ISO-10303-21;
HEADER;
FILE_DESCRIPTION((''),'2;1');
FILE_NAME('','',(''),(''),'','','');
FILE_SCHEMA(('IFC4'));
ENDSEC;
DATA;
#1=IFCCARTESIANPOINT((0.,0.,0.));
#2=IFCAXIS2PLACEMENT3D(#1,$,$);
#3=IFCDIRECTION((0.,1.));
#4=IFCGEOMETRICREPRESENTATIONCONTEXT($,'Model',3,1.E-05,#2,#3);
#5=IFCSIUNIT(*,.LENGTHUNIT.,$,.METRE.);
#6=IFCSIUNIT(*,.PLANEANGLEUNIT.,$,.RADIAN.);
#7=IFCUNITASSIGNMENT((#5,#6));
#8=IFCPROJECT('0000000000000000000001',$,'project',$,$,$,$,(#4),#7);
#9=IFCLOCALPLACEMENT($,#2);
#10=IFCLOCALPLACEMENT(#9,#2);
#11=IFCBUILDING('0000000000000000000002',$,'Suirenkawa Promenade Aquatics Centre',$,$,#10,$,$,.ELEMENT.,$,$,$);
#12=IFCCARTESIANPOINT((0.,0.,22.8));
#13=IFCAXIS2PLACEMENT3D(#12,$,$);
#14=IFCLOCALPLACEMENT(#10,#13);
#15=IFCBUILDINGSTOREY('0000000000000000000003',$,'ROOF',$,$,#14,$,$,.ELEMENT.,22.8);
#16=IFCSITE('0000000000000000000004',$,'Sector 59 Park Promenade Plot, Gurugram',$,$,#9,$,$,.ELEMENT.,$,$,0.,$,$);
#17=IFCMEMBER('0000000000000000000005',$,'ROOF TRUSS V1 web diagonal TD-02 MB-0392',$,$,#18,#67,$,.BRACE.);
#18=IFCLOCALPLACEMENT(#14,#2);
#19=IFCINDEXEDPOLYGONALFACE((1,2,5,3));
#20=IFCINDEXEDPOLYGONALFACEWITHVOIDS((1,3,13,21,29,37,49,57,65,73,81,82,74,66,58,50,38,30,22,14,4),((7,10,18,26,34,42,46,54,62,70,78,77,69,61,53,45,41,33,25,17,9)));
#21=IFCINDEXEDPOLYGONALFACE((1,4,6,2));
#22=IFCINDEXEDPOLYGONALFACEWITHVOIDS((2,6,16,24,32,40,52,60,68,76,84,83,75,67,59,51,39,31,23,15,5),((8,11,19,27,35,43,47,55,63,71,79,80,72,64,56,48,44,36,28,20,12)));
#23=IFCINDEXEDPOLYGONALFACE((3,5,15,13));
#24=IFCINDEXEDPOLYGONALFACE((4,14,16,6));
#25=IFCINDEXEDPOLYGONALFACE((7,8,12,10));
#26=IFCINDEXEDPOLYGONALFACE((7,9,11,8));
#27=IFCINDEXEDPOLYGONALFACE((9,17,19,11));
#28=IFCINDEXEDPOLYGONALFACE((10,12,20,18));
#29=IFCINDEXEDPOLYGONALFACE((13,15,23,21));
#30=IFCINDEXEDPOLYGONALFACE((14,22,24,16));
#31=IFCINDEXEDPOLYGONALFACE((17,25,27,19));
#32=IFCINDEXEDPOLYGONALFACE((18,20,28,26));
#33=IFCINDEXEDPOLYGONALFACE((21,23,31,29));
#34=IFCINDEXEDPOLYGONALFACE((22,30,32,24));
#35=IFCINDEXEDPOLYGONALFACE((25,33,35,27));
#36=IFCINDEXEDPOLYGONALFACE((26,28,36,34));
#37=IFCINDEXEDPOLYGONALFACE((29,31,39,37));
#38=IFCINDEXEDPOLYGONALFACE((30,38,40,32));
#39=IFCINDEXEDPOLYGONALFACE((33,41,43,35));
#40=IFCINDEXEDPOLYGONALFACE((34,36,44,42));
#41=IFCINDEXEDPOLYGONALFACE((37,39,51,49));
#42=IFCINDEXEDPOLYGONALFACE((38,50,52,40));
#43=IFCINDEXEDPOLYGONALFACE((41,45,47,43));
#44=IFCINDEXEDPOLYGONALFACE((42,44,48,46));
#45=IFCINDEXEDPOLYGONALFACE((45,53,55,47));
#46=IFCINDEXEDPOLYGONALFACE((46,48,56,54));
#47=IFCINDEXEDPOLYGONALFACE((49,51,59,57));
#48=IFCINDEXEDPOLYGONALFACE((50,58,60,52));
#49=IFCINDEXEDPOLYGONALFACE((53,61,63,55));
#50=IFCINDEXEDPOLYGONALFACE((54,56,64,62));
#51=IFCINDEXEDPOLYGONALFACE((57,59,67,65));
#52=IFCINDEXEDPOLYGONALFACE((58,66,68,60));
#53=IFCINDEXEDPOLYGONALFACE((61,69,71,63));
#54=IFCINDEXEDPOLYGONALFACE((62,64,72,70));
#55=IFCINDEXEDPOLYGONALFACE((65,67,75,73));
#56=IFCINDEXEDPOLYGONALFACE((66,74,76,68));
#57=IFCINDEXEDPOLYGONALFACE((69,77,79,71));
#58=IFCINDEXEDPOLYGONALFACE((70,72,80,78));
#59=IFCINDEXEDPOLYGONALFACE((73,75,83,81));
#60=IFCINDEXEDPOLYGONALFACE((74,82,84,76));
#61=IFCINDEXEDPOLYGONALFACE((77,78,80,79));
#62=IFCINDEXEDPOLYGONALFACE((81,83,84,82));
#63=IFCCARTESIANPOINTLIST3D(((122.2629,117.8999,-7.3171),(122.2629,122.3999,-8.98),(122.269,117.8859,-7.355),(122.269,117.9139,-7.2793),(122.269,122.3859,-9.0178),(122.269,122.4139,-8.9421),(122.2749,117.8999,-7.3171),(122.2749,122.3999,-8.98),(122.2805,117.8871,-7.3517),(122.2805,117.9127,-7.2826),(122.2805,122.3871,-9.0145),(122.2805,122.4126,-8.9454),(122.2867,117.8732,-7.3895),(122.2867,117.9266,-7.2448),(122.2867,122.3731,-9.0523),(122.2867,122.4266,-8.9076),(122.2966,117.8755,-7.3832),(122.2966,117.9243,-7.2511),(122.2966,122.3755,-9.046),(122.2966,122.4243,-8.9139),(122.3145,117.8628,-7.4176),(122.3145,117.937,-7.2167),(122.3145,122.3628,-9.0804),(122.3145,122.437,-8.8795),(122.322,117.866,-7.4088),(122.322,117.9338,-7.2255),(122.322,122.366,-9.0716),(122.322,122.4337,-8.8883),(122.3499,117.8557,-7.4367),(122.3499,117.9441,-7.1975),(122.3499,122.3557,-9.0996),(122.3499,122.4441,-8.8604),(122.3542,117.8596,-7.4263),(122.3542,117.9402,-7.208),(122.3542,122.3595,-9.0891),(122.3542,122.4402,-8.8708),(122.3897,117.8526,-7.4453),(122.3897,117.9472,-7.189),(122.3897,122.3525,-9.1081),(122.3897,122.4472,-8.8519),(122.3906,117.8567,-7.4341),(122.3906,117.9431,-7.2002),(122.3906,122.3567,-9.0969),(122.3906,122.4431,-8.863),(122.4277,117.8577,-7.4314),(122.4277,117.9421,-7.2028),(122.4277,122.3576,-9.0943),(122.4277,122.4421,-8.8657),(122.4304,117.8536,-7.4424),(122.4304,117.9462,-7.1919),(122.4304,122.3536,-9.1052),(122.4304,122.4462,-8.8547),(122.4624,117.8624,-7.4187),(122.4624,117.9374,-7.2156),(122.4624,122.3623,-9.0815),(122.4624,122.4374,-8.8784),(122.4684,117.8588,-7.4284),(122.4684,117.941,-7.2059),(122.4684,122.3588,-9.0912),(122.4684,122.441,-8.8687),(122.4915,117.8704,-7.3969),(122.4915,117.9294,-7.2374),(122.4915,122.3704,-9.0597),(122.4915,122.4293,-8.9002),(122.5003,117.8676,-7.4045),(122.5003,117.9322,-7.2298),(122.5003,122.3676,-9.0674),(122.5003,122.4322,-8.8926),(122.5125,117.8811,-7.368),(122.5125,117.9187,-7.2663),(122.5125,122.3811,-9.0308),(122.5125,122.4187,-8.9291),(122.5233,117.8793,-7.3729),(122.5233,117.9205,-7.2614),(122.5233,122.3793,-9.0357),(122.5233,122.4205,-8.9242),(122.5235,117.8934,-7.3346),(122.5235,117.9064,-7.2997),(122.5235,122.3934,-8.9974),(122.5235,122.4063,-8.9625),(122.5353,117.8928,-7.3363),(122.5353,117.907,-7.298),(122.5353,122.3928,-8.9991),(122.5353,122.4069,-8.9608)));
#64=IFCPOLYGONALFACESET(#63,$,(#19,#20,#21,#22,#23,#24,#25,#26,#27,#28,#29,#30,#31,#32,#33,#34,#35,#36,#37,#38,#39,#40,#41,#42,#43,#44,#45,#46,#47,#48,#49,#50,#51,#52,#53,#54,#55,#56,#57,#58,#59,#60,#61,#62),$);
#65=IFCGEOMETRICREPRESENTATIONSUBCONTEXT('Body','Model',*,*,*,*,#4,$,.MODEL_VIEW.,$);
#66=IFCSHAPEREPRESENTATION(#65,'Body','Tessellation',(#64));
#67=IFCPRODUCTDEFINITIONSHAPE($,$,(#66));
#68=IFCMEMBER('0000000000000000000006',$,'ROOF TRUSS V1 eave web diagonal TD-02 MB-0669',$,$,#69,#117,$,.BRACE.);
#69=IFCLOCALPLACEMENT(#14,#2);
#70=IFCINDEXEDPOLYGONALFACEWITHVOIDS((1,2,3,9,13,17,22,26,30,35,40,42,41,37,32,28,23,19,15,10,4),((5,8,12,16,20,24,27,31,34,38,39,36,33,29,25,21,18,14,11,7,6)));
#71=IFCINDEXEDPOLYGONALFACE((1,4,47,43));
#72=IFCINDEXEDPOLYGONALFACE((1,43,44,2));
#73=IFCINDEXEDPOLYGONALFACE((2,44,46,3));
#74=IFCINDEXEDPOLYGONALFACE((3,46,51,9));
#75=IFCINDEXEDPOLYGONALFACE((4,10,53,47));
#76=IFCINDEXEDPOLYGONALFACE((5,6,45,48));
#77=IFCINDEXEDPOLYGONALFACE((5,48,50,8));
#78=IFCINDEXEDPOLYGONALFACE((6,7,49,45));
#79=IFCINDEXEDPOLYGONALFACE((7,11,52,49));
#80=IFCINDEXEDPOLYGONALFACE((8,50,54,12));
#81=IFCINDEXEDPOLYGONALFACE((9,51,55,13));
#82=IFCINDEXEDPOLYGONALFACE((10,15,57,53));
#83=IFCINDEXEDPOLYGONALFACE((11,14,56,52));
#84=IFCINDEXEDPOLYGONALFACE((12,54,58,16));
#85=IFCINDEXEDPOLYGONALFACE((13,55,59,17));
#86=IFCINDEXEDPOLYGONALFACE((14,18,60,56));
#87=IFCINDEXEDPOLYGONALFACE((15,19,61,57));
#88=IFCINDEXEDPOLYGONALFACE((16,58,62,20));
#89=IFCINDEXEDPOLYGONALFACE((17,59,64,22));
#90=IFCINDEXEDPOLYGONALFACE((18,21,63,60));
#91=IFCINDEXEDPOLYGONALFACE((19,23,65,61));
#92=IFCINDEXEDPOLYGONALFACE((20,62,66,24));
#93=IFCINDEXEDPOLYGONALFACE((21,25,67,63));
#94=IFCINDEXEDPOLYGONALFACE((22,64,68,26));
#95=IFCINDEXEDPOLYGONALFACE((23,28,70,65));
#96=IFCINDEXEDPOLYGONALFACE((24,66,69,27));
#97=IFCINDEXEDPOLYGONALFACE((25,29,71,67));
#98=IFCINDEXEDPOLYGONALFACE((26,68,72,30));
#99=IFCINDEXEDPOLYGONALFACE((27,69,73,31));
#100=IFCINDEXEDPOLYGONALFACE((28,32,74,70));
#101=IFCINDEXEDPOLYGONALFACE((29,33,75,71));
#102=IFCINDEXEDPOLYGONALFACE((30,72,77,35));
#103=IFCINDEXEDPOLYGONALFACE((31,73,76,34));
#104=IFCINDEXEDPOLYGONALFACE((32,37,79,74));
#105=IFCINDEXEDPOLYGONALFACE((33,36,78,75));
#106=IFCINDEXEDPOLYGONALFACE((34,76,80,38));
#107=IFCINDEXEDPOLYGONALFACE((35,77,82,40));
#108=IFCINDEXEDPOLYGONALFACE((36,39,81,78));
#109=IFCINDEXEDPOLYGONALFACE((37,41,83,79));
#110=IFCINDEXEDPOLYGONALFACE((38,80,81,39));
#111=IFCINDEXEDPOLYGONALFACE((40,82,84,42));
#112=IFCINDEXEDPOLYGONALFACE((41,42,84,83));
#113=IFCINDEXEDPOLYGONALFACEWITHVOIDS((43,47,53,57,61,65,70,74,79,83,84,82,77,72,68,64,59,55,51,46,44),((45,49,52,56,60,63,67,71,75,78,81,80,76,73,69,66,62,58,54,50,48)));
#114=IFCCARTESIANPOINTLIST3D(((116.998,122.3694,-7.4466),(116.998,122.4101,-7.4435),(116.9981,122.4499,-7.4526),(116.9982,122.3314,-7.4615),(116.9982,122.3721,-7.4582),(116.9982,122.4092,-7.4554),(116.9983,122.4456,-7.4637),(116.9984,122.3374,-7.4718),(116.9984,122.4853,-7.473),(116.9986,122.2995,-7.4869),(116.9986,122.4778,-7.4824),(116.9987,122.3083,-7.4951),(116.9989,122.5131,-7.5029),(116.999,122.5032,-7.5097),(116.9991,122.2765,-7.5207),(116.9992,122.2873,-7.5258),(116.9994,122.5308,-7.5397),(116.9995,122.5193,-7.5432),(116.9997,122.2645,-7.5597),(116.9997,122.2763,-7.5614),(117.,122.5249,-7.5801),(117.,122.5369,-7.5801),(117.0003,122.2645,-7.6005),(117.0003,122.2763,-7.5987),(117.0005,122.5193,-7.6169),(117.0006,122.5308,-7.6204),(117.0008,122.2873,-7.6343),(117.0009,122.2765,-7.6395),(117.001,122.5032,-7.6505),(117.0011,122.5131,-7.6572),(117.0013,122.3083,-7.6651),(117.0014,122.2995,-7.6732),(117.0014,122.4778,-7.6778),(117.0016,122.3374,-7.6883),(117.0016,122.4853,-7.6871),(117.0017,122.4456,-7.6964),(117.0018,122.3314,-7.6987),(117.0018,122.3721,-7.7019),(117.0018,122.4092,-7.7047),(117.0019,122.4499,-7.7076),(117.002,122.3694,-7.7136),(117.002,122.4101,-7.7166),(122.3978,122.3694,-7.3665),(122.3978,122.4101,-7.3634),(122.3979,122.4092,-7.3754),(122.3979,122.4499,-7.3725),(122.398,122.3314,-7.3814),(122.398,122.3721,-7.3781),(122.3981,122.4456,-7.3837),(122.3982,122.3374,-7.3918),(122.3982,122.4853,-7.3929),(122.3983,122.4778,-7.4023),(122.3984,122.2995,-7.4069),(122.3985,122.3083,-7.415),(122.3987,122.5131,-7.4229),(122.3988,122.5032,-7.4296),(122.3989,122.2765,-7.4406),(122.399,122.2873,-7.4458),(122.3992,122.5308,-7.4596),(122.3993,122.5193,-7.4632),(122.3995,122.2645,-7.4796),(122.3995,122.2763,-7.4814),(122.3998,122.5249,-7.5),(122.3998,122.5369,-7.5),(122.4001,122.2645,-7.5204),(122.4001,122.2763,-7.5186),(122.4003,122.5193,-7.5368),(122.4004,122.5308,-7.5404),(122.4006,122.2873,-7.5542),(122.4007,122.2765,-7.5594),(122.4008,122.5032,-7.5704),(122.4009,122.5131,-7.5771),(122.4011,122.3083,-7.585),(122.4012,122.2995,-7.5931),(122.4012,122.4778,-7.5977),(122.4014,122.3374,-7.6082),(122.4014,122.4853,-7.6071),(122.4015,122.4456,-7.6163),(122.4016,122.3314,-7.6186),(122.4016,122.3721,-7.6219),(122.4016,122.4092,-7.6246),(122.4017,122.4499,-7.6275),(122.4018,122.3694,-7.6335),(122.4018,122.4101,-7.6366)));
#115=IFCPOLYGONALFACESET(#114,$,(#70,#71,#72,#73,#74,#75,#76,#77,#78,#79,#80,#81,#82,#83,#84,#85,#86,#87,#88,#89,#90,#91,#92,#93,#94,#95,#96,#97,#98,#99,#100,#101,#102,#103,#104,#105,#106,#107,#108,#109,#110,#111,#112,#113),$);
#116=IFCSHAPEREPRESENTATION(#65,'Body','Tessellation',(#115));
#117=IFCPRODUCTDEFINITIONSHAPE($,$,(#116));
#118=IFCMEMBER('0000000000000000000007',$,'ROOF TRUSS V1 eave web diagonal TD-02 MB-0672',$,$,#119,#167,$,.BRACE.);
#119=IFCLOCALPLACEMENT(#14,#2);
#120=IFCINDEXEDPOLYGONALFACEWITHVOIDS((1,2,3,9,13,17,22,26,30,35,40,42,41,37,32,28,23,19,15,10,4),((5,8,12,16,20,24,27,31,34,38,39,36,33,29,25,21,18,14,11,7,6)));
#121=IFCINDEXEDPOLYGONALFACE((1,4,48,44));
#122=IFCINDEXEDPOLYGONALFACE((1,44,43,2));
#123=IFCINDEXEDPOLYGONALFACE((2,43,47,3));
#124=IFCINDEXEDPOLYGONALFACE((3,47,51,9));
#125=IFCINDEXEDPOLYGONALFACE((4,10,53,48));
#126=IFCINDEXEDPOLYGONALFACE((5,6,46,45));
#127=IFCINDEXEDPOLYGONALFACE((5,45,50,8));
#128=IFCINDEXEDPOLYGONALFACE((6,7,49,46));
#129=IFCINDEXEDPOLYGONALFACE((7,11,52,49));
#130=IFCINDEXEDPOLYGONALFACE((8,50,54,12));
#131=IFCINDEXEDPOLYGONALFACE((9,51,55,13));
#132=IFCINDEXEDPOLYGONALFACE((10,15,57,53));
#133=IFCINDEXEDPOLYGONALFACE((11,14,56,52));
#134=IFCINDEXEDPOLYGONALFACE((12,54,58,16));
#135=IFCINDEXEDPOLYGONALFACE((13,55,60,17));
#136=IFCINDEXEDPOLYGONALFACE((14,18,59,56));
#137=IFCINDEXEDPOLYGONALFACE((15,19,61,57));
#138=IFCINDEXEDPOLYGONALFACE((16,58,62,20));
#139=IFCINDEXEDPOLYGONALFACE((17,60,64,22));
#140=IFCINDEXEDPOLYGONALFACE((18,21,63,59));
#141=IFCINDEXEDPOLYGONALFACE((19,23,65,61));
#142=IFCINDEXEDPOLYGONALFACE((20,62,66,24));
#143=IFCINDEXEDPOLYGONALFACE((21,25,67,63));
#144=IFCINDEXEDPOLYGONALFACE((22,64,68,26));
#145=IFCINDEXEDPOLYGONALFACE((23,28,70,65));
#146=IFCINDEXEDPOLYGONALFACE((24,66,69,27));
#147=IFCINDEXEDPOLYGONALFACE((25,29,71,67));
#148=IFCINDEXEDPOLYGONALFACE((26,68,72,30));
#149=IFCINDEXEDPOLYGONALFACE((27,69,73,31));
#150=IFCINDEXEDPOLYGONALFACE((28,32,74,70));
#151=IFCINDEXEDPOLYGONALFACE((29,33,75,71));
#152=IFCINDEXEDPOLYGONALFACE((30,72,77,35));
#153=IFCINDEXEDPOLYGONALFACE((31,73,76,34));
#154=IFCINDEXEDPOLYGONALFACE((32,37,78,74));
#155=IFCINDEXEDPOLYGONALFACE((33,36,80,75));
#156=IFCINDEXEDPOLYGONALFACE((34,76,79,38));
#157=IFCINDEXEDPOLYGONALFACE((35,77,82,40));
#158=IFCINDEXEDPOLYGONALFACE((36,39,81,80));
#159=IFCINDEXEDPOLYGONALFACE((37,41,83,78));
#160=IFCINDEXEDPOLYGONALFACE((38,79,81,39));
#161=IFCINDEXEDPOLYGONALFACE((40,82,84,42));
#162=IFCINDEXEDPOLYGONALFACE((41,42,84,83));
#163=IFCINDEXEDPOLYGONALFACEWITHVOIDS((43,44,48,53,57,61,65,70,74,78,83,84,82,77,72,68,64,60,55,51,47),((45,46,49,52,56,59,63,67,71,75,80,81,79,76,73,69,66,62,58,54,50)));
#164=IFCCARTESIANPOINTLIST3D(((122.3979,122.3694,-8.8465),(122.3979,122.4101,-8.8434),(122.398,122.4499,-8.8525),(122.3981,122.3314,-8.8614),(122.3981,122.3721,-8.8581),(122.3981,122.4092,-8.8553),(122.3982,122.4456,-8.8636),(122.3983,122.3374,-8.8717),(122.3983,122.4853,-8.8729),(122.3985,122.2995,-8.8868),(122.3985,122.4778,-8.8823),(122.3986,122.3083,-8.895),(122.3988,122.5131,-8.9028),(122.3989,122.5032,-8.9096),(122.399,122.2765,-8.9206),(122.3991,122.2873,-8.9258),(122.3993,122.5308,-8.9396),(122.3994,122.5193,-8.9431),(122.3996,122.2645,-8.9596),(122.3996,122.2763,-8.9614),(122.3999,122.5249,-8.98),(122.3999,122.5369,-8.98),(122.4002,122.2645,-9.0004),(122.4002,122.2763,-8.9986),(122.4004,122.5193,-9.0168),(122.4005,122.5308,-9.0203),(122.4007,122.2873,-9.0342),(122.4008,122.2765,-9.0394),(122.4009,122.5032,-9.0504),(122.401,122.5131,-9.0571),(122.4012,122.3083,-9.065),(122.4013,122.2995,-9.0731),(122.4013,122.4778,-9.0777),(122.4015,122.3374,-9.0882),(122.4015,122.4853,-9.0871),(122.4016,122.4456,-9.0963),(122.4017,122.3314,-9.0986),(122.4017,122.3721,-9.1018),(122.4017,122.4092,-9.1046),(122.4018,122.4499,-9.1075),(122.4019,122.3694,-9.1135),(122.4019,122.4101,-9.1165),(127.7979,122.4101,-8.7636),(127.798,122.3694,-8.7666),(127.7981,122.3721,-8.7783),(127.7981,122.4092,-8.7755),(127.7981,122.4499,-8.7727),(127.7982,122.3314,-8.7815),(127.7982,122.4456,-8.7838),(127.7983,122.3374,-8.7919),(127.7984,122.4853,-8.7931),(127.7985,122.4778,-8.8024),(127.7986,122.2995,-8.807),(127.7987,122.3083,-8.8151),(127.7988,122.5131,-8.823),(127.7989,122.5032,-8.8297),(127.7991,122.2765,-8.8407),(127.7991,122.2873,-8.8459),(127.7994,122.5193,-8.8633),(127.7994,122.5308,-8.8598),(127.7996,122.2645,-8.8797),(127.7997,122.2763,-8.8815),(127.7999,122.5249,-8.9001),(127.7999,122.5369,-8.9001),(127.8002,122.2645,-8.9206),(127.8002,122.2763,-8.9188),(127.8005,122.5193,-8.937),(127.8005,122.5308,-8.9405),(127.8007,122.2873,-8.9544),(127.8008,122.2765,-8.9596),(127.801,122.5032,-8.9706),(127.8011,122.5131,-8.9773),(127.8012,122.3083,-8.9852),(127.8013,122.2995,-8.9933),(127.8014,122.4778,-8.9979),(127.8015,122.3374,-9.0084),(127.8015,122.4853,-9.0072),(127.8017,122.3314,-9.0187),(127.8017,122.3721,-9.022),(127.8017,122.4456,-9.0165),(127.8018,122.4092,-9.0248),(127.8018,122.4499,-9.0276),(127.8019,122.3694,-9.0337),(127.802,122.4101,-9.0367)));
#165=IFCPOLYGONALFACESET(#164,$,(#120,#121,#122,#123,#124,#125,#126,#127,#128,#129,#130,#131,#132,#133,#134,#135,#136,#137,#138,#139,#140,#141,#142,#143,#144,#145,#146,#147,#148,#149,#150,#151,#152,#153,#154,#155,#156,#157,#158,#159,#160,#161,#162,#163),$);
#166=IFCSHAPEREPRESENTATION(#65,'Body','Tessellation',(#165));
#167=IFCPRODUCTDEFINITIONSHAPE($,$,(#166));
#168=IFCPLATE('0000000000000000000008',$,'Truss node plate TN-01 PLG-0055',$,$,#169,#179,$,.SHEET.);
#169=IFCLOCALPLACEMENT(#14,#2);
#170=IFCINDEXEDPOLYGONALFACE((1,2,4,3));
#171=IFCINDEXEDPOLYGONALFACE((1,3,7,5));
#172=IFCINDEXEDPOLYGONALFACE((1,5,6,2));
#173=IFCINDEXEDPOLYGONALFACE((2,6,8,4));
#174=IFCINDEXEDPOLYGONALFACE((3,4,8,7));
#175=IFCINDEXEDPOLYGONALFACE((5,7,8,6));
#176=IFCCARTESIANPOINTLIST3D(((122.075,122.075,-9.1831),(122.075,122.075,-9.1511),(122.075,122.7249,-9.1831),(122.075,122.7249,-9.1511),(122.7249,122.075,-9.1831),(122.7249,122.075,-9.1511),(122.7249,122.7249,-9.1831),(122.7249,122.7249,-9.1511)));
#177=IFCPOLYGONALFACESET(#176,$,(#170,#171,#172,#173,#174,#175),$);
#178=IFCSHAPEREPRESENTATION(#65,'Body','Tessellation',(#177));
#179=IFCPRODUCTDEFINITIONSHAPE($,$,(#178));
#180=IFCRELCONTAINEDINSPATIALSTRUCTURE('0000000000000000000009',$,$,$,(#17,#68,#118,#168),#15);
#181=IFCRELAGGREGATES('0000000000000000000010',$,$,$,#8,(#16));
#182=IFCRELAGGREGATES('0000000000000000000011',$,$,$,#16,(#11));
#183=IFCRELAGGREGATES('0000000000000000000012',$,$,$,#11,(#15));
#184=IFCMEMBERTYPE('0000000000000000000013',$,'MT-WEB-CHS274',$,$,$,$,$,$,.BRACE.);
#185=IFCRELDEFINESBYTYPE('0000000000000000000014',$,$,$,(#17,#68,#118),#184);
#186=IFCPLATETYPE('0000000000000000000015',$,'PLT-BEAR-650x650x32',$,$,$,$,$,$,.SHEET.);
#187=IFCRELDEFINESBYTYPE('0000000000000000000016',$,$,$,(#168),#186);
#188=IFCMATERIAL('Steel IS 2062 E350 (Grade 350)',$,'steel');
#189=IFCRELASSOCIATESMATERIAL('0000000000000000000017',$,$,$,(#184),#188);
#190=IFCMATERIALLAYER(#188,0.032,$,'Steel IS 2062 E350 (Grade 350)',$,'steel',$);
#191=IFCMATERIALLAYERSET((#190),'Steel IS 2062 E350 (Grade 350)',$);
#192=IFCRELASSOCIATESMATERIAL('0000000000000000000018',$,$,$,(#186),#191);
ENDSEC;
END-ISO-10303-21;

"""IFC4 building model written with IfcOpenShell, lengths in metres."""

from ifc_helpers import new_model, si_unit, direction, frame, origin, origin_2d, place, context, subcontext, project, spatial, rectangle, hollow_circle, extrude, material, layer, layer_set, material_profile, profile_set, type_object, element, save


model = new_model("IFC4")

# Units and contexts
model_context = context("Model", 3, precision=1e-05, world=origin(), true_north=direction((0.0, 1.0)))
body_context = subcontext(model_context, "Body", "Model", "MODEL_VIEW")
ifc_project = project(units=[si_unit("LENGTHUNIT", "METRE"), si_unit("PLANEANGLEUNIT", "RADIAN")], contexts=[model_context])

# Site, building, storey
site_placement = place(None, origin())
site = spatial("IfcSite", under=ifc_project, at=site_placement, Name="Sector 59 Park Promenade Plot, Gurugram", CompositionType="ELEMENT", RefElevation=0.0)
building_placement = place(site_placement, origin())
building = spatial("IfcBuilding", under=site, at=building_placement, Name="Suirenkawa Promenade Aquatics Centre", CompositionType="ELEMENT")
storey_placement = place(building_placement, frame((0.0, 0.0, 22.8)))
storey = spatial("IfcBuildingStorey", under=building, at=storey_placement, Name="ROOF", CompositionType="ELEMENT", Elevation=22.8)

# Shared definitions
ifc_material = material(Name="Steel IS 2062 E350 (Grade 350)", Category="steel")

# Members
ifc_material_profile_1 = material_profile(ifc_material, hollow_circle(Radius=0.137, WallThickness=0.012, at=origin_2d()), Name="CHS 274x12", Category="steel")
ifc_profile_set_1 = profile_set([ifc_material_profile_1], Name="Steel IS 2062 E350 (Grade 350)")
member_type_1 = type_object("IfcMemberType", Name="MT-WEB-CHS274", PredefinedType="BRACE", material=ifc_profile_set_1)
for number, where, z_axis, x_axis, name in (
    (1, (122.3999, 117.8999, -7.3171), (0.0, 0.938008, -0.346613), (-1.0, 0.0, 0.0), "ROOF TRUSS V1 web diagonal TD-02 MB-0392"),
):
    element("IfcMember", number, at=place(storey_placement, frame(where, z_axis=z_axis, x_axis=x_axis)), inside=storey, type_object=member_type_1, Name=name, PredefinedType="BRACE", context=body_context, shape_type="SweptSolid", body=[
        extrude(hollow_circle(Radius=0.137, WallThickness=0.012, at=origin_2d()), origin(), (0.0, 0.0, 1.0), 4.7974),
    ])
member_1_placement = place(storey_placement, frame((117.0, 122.3999, -7.5801), z_axis=(0.99989, 0.0, 0.014828), x_axis=(0.0, 1.0, 0.0)))
element("IfcMember", 2, at=member_1_placement, inside=storey, type_object=member_type_1, Name="ROOF TRUSS V1 eave web diagonal TD-02 MB-0669", PredefinedType="BRACE", context=body_context, shape_type="SweptSolid", body=[
    extrude(hollow_circle(Radius=0.137, WallThickness=0.012, at=origin_2d()), origin(), (0.0, 0.0, 1.0), 5.4004),
])
member_2_placement = place(storey_placement, frame((122.3999, 122.3999, -8.98), z_axis=(0.999891, 0.0, 0.014782), x_axis=(0.0, 1.0, 0.0)))
element("IfcMember", 3, at=member_2_placement, inside=storey, type_object=member_type_1, Name="ROOF TRUSS V1 eave web diagonal TD-02 MB-0672", PredefinedType="BRACE", context=body_context, shape_type="SweptSolid", body=[
    extrude(hollow_circle(Radius=0.137, WallThickness=0.012, at=origin_2d()), origin(), (0.0, 0.0, 1.0), 5.4006),
])

# Plate
ifc_layer = layer(ifc_material, 0.032, Name="Steel IS 2062 E350 (Grade 350)", Category="steel")
ifc_layer_set = layer_set([ifc_layer], Name="Steel IS 2062 E350 (Grade 350)")
plate_type = type_object("IfcPlateType", Name="PLT-BEAR-650x650x32", PredefinedType="SHEET", material=ifc_layer_set)
plate_placement = place(storey_placement, frame((122.3999, 122.3999, -9.1831), z_axis=(0.0, 0.0, 1.0), x_axis=(1.0, 0.0, 0.0)))
element("IfcPlate", 4, at=plate_placement, inside=storey, type_object=plate_type, Name="Truss node plate TN-01 PLG-0055", PredefinedType="SHEET", context=body_context, shape_type="SweptSolid", body=[
    extrude(rectangle(XDim=0.6499, YDim=0.6499, at=origin_2d()), origin(), (0.0, 0.0, 1.0), 0.032),
])

save(model, "model.ifc")
